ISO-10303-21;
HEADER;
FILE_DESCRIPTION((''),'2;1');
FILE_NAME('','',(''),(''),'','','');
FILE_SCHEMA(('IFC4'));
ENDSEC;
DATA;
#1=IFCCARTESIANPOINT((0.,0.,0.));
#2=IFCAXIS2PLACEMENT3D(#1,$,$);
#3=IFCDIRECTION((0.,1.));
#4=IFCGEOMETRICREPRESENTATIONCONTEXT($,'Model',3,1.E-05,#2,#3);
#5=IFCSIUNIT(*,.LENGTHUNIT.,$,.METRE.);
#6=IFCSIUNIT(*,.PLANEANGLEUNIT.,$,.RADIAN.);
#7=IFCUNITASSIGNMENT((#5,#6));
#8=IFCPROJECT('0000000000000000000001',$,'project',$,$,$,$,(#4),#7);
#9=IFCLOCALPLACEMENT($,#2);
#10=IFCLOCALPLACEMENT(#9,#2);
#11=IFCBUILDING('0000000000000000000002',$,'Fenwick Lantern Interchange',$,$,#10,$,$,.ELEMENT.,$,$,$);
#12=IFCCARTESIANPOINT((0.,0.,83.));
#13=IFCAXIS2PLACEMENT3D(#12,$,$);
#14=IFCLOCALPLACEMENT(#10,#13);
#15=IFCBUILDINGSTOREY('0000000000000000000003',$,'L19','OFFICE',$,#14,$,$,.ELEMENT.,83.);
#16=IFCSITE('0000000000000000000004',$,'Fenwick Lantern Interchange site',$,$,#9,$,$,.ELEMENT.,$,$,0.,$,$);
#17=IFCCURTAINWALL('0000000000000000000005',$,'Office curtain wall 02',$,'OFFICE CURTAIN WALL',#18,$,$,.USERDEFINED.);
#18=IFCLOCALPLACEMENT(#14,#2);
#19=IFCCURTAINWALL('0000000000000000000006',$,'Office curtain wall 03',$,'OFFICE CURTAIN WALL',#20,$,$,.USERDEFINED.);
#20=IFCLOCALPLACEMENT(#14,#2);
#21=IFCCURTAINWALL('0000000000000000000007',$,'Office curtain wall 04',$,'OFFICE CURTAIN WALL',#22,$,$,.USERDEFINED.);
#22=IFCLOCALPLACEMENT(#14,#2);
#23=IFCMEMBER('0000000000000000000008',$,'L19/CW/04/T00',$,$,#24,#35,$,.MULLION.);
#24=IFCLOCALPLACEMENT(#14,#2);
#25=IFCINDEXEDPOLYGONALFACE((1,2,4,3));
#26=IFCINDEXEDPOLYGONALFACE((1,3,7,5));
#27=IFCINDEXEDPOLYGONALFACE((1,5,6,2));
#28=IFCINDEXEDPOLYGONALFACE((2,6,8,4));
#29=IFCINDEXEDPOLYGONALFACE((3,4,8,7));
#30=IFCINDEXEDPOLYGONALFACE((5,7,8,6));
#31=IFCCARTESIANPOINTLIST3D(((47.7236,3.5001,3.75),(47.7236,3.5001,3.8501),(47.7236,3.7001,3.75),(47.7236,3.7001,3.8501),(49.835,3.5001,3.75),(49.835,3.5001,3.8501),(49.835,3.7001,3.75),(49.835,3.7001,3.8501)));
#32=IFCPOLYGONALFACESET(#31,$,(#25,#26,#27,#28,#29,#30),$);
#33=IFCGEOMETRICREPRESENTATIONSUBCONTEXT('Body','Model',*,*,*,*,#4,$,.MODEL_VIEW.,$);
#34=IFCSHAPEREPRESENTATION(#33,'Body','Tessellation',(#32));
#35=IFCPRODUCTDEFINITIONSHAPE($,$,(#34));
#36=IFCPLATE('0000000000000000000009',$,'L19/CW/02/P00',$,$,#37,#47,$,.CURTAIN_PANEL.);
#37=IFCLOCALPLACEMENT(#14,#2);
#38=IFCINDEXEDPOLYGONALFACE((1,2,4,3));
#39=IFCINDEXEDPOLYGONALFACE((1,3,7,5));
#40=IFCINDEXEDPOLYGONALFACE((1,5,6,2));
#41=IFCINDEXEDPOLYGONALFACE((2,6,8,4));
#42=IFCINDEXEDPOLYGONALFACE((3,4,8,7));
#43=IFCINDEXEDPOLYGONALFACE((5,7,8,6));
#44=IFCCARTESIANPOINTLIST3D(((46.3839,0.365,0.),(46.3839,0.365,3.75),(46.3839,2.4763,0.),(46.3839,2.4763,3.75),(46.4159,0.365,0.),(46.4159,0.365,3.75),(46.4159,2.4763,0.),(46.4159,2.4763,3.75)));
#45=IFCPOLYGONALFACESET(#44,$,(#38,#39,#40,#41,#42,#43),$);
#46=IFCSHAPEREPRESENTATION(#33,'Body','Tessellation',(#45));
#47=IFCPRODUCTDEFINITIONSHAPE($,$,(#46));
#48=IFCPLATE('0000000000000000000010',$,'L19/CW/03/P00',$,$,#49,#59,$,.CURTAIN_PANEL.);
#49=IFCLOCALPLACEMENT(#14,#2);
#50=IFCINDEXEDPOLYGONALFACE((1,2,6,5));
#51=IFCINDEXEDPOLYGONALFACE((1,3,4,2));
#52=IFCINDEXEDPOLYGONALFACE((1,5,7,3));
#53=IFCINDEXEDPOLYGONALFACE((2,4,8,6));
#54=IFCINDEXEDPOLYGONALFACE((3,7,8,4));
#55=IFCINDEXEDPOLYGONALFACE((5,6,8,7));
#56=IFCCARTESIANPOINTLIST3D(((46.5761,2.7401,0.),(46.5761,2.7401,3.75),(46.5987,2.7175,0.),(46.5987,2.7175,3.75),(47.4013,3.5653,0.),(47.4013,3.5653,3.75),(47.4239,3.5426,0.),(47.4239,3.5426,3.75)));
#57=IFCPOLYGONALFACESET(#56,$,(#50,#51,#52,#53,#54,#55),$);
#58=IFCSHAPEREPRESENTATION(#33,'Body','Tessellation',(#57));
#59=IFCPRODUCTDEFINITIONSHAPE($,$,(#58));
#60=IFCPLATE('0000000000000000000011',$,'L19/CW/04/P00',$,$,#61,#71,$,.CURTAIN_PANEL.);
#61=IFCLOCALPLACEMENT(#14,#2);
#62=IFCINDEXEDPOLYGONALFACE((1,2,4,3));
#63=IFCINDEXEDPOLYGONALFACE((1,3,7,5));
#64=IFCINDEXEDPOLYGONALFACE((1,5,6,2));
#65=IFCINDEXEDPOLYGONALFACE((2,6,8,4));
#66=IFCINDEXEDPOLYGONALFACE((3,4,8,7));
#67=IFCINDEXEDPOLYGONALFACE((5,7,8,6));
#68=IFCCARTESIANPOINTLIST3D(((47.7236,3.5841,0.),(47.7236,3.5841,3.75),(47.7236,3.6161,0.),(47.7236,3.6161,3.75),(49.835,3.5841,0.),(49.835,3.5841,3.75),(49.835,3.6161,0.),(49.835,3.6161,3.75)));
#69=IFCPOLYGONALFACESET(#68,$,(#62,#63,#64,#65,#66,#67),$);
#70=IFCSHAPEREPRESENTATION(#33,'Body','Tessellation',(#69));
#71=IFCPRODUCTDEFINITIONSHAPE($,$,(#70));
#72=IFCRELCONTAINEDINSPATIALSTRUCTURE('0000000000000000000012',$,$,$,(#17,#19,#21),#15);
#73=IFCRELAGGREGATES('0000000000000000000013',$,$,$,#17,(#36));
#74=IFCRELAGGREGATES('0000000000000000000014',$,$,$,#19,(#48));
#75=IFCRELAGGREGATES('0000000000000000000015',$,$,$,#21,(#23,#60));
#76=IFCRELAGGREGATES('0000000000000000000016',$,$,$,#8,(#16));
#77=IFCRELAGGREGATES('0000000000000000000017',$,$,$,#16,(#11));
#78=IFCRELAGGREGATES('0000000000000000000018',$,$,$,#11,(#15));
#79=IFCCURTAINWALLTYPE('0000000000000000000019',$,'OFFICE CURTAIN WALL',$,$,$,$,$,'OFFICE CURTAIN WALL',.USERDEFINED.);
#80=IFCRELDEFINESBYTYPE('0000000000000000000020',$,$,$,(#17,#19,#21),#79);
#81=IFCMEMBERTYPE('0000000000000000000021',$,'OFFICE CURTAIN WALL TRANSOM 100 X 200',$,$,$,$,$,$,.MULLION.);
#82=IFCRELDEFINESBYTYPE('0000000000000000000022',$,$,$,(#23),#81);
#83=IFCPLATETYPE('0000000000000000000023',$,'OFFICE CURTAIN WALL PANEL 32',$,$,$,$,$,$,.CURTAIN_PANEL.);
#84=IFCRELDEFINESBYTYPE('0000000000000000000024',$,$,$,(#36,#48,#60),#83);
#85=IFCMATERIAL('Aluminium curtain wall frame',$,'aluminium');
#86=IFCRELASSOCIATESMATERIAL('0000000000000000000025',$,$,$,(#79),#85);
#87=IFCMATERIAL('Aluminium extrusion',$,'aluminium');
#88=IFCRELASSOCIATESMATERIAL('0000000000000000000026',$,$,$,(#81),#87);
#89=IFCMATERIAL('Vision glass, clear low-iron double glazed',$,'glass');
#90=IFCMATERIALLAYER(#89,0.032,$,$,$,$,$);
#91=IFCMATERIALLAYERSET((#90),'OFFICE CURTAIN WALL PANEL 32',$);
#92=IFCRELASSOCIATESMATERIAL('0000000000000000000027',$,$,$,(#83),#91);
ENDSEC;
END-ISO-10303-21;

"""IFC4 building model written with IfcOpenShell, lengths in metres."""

from ifc_helpers import new_model, si_unit, direction, frame, origin, origin_2d, place, context, subcontext, project, spatial, rectangle, extrude, material, layer, layer_set, material_profile, profile_set, type_object, element, aggregate, save


model = new_model("IFC4")

# Units and contexts
model_context = context("Model", 3, precision=1e-05, world=origin(), true_north=direction((0.0, 1.0)))
body_context = subcontext(model_context, "Body", "Model", "MODEL_VIEW")
ifc_project = project(units=[si_unit("LENGTHUNIT", "METRE"), si_unit("PLANEANGLEUNIT", "RADIAN")], contexts=[model_context])

# Site, building, storey
site_placement = place(None, origin())
site = spatial("IfcSite", under=ifc_project, at=site_placement, Name="Fenwick Lantern Interchange site", CompositionType="ELEMENT", RefElevation=0.0)
building_placement = place(site_placement, origin())
building = spatial("IfcBuilding", under=site, at=building_placement, Name="Fenwick Lantern Interchange", CompositionType="ELEMENT")
storey_placement = place(building_placement, frame((0.0, 0.0, 83.0)))
storey = spatial("IfcBuildingStorey", under=building, at=storey_placement, Name="L19", Description="OFFICE", CompositionType="ELEMENT", Elevation=83.0)

# Curtain walls
ifc_material_1 = material(Name="Aluminium curtain wall frame", Category="aluminium")
curtain_wall_type = type_object("IfcCurtainWallType", Name="OFFICE CURTAIN WALL", ElementType="OFFICE CURTAIN WALL", PredefinedType="USERDEFINED", material=ifc_material_1)
ifc_material_2 = material(Name="Aluminium extrusion", Category="aluminium")
curtain_wall_1_placement = place(storey_placement, origin())
curtain_wall_1 = element("IfcCurtainWall", 1, at=curtain_wall_1_placement, inside=storey, type_object=curtain_wall_type, Name="Office curtain wall 02", ObjectType="OFFICE CURTAIN WALL", PredefinedType="USERDEFINED")
curtain_wall_2_placement = place(storey_placement, origin())
curtain_wall_2 = element("IfcCurtainWall", 2, at=curtain_wall_2_placement, inside=storey, type_object=curtain_wall_type, Name="Office curtain wall 03", ObjectType="OFFICE CURTAIN WALL", PredefinedType="USERDEFINED")
curtain_wall_3_placement = place(storey_placement, origin())
curtain_wall_3 = element("IfcCurtainWall", 3, at=curtain_wall_3_placement, inside=storey, type_object=curtain_wall_type, Name="Office curtain wall 04", ObjectType="OFFICE CURTAIN WALL", PredefinedType="USERDEFINED")

# Member
ifc_material_profile_1 = material_profile(ifc_material_2, rectangle(XDim=0.2, YDim=0.1001, at=origin_2d()), Name="OFFICE CURTAIN WALL TRANSOM 100 X 200")
ifc_profile_set_1 = profile_set([ifc_material_profile_1], Name="Aluminium extrusion")
member_type_1 = type_object("IfcMemberType", Name="OFFICE CURTAIN WALL TRANSOM 100 X 200", PredefinedType="MULLION", material=ifc_profile_set_1)
member_1_placement = place(storey_placement, frame((47.7236, 3.6001, 3.8), z_axis=(1.0, 0.0, 0.0), x_axis=(0.0, 1.0, 0.0)))
member_1 = element("IfcMember", 4, at=member_1_placement, type_object=member_type_1, Name="L19/CW/04/T00", PredefinedType="MULLION", context=body_context, shape_type="SweptSolid", body=[
    extrude(rectangle(XDim=0.2, YDim=0.1001, at=origin_2d()), origin(), (0.0, 0.0, 1.0), 2.1113),
])

# Plates
ifc_material_3 = material(Name="Vision glass, clear low-iron double glazed", Category="glass")
ifc_layer_1 = layer(ifc_material_3, 0.032)
ifc_layer_set_1 = layer_set([ifc_layer_1], Name="OFFICE CURTAIN WALL PANEL 32")
plate_type = type_object("IfcPlateType", Name="OFFICE CURTAIN WALL PANEL 32", PredefinedType="CURTAIN_PANEL", material=ifc_layer_set_1)
plate_1_placement = place(storey_placement, frame((46.3999, 1.4207, 0.0), z_axis=(0.0, 0.0, 1.0), x_axis=(0.0, 1.0, 0.0)))
plate_1 = element("IfcPlate", 5, at=plate_1_placement, type_object=plate_type, Name="L19/CW/02/P00", PredefinedType="CURTAIN_PANEL", context=body_context, shape_type="SweptSolid", body=[
    extrude(rectangle(XDim=2.1113, YDim=0.032, at=origin_2d()), origin(), (0.0, 0.0, 1.0), 3.75),
])
aggregate(curtain_wall_1, [plate_1])
plate_2_placement = place(storey_placement, frame((47.0, 3.1414, 0.0), z_axis=(0.0, 0.0, 1.0), x_axis=(0.707107, 0.707107, 0.0)))
plate_2 = element("IfcPlate", 6, at=plate_2_placement, type_object=plate_type, Name="L19/CW/03/P00", PredefinedType="CURTAIN_PANEL", context=body_context, shape_type="SweptSolid", body=[
    extrude(rectangle(XDim=1.167, YDim=0.032, at=origin_2d()), origin(), (0.0, 0.0, 1.0), 3.75),
])
aggregate(curtain_wall_2, [plate_2])
plate_3_placement = place(storey_placement, frame((48.7793, 3.6001, 0.0), z_axis=(0.0, 0.0, 1.0), x_axis=(1.0, 0.0, 0.0)))
plate_3 = element("IfcPlate", 7, at=plate_3_placement, type_object=plate_type, Name="L19/CW/04/P00", PredefinedType="CURTAIN_PANEL", context=body_context, shape_type="SweptSolid", body=[
    extrude(rectangle(XDim=2.1113, YDim=0.032, at=origin_2d()), origin(), (0.0, 0.0, 1.0), 3.75),
])
aggregate(curtain_wall_3, [member_1, plate_3])

save(model, "model.ifc")
